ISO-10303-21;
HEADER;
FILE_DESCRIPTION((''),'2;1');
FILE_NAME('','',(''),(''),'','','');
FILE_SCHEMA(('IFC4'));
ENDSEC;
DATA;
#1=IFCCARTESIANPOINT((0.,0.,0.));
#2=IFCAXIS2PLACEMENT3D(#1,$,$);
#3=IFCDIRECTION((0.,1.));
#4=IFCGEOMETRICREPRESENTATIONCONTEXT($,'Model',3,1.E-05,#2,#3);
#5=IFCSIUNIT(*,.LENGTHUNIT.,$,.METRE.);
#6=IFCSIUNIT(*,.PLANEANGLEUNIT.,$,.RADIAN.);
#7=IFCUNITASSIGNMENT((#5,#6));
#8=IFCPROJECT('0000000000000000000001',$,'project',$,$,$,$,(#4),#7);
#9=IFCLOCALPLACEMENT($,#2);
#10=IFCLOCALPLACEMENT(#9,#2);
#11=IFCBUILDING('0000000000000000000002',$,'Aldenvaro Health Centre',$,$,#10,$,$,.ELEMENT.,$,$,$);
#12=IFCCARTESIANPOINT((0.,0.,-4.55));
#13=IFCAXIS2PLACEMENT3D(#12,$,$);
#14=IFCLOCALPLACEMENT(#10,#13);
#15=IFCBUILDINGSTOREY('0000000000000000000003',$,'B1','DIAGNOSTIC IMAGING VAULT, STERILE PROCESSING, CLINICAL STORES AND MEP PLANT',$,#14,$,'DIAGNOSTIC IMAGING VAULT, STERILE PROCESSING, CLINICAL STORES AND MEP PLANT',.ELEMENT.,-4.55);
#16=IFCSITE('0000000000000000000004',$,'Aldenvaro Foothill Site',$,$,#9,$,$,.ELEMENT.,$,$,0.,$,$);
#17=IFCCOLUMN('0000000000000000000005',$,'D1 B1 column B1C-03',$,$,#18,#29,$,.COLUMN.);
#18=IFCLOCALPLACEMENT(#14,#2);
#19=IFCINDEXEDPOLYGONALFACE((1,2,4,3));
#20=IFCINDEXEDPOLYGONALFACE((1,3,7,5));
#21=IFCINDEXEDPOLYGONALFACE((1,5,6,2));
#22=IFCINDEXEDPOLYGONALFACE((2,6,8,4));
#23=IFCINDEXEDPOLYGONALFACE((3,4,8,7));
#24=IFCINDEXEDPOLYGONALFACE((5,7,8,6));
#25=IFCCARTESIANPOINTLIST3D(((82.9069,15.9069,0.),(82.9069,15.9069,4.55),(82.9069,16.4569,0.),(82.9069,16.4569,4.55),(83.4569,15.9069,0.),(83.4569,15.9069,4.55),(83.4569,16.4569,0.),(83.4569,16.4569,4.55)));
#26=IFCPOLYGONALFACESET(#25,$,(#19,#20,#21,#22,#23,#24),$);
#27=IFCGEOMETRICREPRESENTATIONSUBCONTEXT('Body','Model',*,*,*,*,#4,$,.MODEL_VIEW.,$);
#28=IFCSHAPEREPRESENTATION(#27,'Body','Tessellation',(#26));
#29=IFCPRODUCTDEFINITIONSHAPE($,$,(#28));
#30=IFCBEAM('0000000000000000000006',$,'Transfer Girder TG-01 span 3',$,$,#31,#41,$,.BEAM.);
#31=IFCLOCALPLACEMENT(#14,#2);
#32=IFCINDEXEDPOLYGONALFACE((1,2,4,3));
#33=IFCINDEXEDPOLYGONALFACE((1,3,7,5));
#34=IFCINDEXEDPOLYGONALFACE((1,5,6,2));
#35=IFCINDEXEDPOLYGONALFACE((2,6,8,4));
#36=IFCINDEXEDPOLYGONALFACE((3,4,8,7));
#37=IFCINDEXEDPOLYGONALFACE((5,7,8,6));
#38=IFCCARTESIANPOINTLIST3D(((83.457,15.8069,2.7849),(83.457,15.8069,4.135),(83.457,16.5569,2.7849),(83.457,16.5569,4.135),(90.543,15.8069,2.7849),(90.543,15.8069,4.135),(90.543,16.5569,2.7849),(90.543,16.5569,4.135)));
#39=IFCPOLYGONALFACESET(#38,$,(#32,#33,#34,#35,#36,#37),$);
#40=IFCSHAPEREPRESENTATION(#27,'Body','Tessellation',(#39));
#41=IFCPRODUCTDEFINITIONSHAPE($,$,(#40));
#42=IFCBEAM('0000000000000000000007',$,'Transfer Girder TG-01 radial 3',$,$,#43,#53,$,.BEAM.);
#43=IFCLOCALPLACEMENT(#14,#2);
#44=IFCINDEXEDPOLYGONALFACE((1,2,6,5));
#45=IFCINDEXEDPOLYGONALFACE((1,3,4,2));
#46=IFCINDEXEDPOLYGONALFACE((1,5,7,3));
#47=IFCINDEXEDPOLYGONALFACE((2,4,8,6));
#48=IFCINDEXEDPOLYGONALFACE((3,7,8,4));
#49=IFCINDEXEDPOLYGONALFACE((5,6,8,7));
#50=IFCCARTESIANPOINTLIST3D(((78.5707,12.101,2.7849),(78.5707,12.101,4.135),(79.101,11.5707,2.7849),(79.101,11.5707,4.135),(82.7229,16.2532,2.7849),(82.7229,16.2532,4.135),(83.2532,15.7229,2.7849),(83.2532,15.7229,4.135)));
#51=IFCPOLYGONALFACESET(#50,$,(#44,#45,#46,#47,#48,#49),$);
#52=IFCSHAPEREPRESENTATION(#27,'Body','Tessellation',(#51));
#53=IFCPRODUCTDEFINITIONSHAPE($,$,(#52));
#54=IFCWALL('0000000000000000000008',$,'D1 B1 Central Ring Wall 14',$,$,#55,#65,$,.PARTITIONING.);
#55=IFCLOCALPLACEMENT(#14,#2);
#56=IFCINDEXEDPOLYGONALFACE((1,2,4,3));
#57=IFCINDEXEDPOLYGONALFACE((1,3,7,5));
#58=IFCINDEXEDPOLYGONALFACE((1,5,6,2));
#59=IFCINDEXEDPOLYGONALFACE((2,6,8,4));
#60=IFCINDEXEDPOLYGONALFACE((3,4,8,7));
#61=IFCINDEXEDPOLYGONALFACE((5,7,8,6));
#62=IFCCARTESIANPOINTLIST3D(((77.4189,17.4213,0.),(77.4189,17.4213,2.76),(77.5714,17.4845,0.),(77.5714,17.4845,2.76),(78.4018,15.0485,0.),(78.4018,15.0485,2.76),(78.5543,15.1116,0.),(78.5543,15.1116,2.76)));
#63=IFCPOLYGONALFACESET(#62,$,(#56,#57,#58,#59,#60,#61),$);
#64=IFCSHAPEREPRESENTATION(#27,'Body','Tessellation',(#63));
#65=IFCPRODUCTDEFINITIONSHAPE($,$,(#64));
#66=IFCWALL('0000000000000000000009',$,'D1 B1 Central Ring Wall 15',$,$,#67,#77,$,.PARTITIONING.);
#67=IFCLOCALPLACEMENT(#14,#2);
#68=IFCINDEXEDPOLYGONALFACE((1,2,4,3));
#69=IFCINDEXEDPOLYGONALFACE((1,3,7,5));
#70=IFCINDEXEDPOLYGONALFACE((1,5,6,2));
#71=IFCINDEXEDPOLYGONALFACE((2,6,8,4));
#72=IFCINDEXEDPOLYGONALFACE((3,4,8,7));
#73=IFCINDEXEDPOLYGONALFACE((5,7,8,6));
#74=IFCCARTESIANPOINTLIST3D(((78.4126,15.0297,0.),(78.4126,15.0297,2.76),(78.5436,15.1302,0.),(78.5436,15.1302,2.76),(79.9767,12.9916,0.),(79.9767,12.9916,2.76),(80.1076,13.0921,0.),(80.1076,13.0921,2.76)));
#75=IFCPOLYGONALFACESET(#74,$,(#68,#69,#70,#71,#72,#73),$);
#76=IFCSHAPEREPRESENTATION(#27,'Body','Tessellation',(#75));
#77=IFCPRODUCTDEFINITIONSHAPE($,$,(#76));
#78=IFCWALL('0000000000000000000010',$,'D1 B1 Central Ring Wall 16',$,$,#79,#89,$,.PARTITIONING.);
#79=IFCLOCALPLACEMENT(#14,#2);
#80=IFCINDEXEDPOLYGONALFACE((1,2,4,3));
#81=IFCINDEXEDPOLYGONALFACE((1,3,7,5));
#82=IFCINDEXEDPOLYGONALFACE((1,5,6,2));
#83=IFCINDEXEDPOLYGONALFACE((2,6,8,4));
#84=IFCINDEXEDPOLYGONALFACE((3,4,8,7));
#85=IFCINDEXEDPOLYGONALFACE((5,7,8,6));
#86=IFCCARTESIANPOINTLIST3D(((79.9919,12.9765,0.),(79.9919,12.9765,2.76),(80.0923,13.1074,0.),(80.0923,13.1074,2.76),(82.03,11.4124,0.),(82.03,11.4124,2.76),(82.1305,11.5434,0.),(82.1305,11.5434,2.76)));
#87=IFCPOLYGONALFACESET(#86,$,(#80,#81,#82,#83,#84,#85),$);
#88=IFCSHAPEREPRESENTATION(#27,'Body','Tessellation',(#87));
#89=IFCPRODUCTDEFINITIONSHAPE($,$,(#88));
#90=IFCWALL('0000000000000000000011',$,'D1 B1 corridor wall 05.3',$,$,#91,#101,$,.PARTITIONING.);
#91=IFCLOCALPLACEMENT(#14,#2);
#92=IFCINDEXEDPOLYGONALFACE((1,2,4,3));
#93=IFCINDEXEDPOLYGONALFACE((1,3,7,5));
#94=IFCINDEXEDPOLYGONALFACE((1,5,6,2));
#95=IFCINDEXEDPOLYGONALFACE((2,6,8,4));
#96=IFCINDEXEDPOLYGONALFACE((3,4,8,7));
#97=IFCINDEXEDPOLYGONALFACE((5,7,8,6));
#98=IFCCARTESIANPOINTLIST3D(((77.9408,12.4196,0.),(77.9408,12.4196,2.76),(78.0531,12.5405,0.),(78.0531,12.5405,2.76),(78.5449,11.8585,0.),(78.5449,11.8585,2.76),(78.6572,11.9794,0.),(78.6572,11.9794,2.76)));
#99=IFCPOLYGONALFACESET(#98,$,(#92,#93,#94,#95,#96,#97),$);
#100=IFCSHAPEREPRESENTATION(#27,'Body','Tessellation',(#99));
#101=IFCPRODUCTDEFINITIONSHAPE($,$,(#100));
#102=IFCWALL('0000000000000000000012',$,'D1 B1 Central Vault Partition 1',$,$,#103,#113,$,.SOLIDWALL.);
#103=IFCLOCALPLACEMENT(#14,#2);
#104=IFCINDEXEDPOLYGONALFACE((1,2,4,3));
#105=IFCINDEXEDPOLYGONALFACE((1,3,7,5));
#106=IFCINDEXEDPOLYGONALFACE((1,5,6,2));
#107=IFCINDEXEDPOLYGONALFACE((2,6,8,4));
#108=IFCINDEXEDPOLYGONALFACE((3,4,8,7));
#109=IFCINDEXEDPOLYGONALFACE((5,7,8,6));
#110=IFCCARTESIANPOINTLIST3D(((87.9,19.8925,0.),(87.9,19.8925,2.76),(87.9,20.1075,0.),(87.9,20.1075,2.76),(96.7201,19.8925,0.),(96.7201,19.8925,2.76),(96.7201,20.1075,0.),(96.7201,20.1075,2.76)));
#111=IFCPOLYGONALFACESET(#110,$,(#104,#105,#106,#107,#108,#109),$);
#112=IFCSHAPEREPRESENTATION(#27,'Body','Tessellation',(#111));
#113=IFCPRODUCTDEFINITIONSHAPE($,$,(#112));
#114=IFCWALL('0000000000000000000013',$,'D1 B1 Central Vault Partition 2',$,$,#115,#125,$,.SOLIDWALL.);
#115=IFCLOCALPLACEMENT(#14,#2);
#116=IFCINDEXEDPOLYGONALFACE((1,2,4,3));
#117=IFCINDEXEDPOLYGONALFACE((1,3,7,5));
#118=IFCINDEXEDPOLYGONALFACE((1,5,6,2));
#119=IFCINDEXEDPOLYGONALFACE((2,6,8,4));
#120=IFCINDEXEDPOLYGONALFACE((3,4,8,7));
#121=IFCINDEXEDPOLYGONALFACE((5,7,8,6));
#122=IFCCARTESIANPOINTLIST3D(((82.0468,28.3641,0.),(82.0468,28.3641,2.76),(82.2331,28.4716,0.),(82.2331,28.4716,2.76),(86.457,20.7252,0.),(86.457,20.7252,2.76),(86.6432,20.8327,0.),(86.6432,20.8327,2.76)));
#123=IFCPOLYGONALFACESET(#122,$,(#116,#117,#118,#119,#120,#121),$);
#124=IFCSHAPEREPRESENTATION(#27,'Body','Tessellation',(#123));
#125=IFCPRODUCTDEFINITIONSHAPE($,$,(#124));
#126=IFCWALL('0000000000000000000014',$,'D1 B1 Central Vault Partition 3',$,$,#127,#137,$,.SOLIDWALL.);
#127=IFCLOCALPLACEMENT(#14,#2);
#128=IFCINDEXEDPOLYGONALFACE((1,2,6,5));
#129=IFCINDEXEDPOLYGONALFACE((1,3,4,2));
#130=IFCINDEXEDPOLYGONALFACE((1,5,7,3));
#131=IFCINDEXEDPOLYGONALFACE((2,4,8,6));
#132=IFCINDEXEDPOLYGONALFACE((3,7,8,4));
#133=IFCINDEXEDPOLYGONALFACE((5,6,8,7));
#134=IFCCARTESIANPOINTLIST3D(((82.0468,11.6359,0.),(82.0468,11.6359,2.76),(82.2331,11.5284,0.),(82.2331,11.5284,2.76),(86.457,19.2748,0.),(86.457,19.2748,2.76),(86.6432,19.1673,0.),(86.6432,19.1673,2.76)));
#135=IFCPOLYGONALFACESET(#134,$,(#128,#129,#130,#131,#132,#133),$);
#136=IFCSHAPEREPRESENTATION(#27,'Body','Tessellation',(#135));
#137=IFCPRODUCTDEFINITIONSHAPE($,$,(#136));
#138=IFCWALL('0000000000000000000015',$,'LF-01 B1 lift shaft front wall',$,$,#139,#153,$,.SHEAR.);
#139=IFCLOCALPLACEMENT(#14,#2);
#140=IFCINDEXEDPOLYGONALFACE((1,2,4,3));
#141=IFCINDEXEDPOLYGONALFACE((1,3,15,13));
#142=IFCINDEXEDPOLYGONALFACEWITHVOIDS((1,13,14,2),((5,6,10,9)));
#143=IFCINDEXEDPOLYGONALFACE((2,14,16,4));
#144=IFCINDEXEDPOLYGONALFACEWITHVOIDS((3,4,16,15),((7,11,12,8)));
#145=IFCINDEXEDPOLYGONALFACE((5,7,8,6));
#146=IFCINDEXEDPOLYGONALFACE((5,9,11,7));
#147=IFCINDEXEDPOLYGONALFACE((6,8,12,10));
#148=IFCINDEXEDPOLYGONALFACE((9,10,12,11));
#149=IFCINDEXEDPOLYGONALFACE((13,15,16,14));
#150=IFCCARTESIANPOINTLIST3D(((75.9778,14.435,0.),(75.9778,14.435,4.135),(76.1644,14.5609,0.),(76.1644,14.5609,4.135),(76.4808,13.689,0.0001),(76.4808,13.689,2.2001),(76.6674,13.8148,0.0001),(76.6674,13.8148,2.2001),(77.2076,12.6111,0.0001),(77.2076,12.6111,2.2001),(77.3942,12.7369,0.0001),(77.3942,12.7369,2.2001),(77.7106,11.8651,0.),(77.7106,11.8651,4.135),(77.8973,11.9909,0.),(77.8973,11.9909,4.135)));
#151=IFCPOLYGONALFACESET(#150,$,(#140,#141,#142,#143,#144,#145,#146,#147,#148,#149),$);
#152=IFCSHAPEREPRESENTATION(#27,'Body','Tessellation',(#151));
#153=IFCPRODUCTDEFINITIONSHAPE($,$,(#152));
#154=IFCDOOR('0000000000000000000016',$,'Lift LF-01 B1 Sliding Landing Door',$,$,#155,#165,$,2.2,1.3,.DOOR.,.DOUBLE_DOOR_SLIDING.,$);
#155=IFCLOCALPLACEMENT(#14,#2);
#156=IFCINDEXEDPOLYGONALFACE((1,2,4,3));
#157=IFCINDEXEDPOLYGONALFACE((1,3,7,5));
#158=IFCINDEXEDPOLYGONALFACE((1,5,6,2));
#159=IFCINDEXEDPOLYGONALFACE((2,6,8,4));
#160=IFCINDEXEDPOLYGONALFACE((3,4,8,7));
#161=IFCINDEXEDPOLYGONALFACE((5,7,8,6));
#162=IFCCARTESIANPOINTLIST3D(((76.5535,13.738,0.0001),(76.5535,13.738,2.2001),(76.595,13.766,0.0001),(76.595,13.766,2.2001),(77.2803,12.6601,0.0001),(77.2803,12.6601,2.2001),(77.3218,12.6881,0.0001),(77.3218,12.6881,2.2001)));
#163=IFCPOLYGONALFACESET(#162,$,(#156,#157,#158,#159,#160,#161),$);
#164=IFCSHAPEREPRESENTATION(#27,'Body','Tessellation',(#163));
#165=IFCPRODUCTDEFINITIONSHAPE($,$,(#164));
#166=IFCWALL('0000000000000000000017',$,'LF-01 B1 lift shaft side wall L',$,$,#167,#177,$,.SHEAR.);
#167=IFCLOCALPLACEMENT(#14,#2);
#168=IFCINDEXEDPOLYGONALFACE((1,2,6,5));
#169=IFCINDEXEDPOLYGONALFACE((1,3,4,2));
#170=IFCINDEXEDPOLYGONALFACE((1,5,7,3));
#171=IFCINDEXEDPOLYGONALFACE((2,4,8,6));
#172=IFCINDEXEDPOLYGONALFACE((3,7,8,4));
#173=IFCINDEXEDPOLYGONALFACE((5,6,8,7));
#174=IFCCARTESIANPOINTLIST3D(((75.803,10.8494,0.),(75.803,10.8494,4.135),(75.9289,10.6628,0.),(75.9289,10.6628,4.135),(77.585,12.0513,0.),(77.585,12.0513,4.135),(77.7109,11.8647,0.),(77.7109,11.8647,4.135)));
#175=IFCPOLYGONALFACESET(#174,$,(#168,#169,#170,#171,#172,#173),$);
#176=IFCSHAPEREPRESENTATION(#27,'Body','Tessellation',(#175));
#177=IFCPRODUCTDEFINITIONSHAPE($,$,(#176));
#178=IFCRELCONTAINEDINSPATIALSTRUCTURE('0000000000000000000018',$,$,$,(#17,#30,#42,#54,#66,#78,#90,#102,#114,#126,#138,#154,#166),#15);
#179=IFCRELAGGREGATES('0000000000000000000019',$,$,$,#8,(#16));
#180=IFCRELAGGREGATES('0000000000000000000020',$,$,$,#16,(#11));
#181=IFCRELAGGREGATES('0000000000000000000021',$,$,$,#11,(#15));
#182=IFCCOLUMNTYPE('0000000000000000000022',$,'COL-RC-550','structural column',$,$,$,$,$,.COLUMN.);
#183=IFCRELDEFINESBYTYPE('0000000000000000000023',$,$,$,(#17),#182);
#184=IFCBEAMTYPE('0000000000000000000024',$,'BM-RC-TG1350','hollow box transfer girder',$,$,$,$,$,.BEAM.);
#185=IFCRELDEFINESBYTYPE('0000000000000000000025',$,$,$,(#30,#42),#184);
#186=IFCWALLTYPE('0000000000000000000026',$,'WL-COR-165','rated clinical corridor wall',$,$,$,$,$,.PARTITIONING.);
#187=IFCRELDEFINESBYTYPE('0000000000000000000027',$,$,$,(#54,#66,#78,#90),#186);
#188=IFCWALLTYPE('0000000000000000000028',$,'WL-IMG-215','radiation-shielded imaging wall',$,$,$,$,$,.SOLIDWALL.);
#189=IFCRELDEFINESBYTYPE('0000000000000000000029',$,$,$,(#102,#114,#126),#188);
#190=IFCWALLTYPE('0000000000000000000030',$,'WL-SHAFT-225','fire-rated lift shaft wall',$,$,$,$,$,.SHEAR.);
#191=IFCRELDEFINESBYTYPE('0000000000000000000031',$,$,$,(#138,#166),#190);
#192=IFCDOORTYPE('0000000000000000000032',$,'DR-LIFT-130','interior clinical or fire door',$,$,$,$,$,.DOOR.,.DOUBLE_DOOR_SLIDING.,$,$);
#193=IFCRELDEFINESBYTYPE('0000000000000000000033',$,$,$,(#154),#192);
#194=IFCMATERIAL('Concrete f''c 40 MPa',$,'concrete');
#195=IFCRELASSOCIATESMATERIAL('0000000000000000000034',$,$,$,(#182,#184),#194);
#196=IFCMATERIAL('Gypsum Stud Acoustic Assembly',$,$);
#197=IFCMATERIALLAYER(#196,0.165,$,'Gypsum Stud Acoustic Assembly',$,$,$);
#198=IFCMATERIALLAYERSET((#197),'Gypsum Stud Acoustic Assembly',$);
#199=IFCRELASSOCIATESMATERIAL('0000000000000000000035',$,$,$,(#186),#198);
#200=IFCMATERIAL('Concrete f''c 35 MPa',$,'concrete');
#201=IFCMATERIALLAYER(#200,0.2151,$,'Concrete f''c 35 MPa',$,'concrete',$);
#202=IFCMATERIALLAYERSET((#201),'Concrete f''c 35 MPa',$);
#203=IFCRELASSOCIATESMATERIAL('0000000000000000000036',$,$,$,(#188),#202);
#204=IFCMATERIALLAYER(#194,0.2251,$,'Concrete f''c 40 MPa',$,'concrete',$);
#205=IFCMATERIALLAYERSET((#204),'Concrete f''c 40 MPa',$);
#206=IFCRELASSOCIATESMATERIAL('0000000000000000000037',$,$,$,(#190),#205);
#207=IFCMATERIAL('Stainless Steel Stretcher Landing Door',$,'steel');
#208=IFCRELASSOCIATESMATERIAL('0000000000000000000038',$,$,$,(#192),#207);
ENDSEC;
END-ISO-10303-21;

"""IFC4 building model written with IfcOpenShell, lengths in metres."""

from ifc_helpers import new_model, si_unit, direction, frame, frame_2d, origin, origin_2d, place, context, subcontext, project, spatial, rectangle, extrude, material, layer, layer_set, material_profile, profile_set, type_object, element, fill, save


model = new_model("IFC4")

# Units and contexts
model_context = context("Model", 3, precision=1e-05, world=origin(), true_north=direction((0.0, 1.0)))
body_context = subcontext(model_context, "Body", "Model", "MODEL_VIEW")
ifc_project = project(units=[si_unit("LENGTHUNIT", "METRE"), si_unit("PLANEANGLEUNIT", "RADIAN")], contexts=[model_context])

# Site, building, storey
site_placement = place(None, origin())
site = spatial("IfcSite", under=ifc_project, at=site_placement, Name="Aldenvaro Foothill Site", CompositionType="ELEMENT", RefElevation=0.0)
building_placement = place(site_placement, origin())
building = spatial("IfcBuilding", under=site, at=building_placement, Name="Aldenvaro Health Centre", CompositionType="ELEMENT")
storey_placement = place(building_placement, frame((0.0, 0.0, -4.55)))
storey = spatial("IfcBuildingStorey", under=building, at=storey_placement, Name="B1", Description="DIAGNOSTIC IMAGING VAULT, STERILE PROCESSING, CLINICAL STORES AND MEP PLANT", LongName="DIAGNOSTIC IMAGING VAULT, STERILE PROCESSING, CLINICAL STORES AND MEP PLANT", CompositionType="ELEMENT", Elevation=-4.55)

# Shared definitions
ifc_material_1 = material(Name="Concrete f'c 40 MPa", Category="concrete")

# Column
ifc_material_profile_1 = material_profile(ifc_material_1, rectangle(XDim=0.55, YDim=0.55, at=origin_2d()), Name="RC 550x550", Category="concrete")
ifc_profile_set_1 = profile_set([ifc_material_profile_1], Name="Concrete f'c 40 MPa")
column_type = type_object("IfcColumnType", Name="COL-RC-550", Description="structural column", PredefinedType="COLUMN", material=ifc_profile_set_1)
for number, where, z_axis, x_axis, name in (
    (1, (83.1819, 16.1819, 0.0), (0.0, 0.0, 1.0), (1.0, 0.0, 0.0), "D1 B1 column B1C-03"),
):
    element("IfcColumn", number, at=place(storey_placement, frame(where, z_axis=z_axis, x_axis=x_axis)), inside=storey, type_object=column_type, Name=name, PredefinedType="COLUMN", context=body_context, shape_type="SweptSolid", body=[
        extrude(rectangle(XDim=0.55, YDim=0.55, at=origin_2d()), origin(), (0.0, 0.0, 1.0), 4.55),
    ])

# Beams
ifc_material_profile_2 = material_profile(ifc_material_1, rectangle(XDim=0.75, YDim=1.3501, at=origin_2d()), Name="RC 750x1350", Category="concrete")
ifc_profile_set_2 = profile_set([ifc_material_profile_2], Name="Concrete f'c 40 MPa")
beam_type = type_object("IfcBeamType", Name="BM-RC-TG1350", Description="hollow box transfer girder", PredefinedType="BEAM", material=ifc_profile_set_2)
beam_1_placement = place(storey_placement, frame((83.457, 16.1819, 3.46), z_axis=(1.0, 0.0, 0.0), x_axis=(0.0, 1.0, 0.0)))
element("IfcBeam", 2, at=beam_1_placement, inside=storey, type_object=beam_type, Name="Transfer Girder TG-01 span 3", PredefinedType="BEAM", context=body_context, shape_type="SweptSolid", body=[
    extrude(rectangle(XDim=0.75, YDim=1.3501, at=origin_2d()), origin(), (0.0, 0.0, 1.0), 7.0859),
])
beam_2_placement = place(storey_placement, frame((82.988, 15.988, 3.46), z_axis=(-0.707107, -0.707107, 0.0), x_axis=(0.707107, -0.707107, 0.0)))
element("IfcBeam", 3, at=beam_2_placement, inside=storey, type_object=beam_type, Name="Transfer Girder TG-01 radial 3", PredefinedType="BEAM", context=body_context, shape_type="SweptSolid", body=[
    extrude(rectangle(XDim=0.75, YDim=1.3501, at=origin_2d()), origin(), (0.0, 0.0, 1.0), 5.8721),
])

# Walls
ifc_material_2 = material(Name="Gypsum Stud Acoustic Assembly")
ifc_layer_1 = layer(ifc_material_2, 0.165, Name="Gypsum Stud Acoustic Assembly")
ifc_layer_set_1 = layer_set([ifc_layer_1], Name="Gypsum Stud Acoustic Assembly")
wall_type_1 = type_object("IfcWallType", Name="WL-COR-165", Description="rated clinical corridor wall", PredefinedType="PARTITIONING", material=ifc_layer_set_1)
wall_1_placement = place(storey_placement, frame((77.4951, 17.4529, 0.0), z_axis=(0.0, 0.0, 1.0), x_axis=(0.382704, -0.923871, 0.0)))
element("IfcWall", 4, at=wall_1_placement, inside=storey, type_object=wall_type_1, Name="D1 B1 Central Ring Wall 14", PredefinedType="PARTITIONING", context=body_context, shape_type="SweptSolid", body=[
    extrude(rectangle(XDim=2.5684, YDim=0.165, at=frame_2d((1.2842, 0.0))), origin(), (0.0, 0.0, 1.0), 2.76),
])
for number, where, z_axis, x_axis, name in (
    (5, (78.478, 15.0801, 0.0), (0.0, 0.0, 1.0), (0.608783, -0.793337, 0.0), "D1 B1 Central Ring Wall 15"),
    (6, (80.042, 13.042, 0.0), (0.0, 0.0, 1.0), (0.793337, -0.608783, 0.0), "D1 B1 Central Ring Wall 16"),
):
    element("IfcWall", number, at=place(storey_placement, frame(where, z_axis=z_axis, x_axis=x_axis)), inside=storey, type_object=wall_type_1, Name=name, PredefinedType="PARTITIONING", context=body_context, shape_type="SweptSolid", body=[
        extrude(rectangle(XDim=2.5691, YDim=0.165, at=frame_2d((1.2847, 0.0))), origin(), (0.0, 0.0, 1.0), 2.76),
    ])
wall_2_placement = place(storey_placement, frame((77.9971, 12.48, 0.0), z_axis=(0.0, 0.0, 1.0), x_axis=(0.732688, -0.680565, 0.0)))
element("IfcWall", 7, at=wall_2_placement, inside=storey, type_object=wall_type_1, Name="D1 B1 corridor wall 05.3", PredefinedType="PARTITIONING", context=body_context, shape_type="SweptSolid", body=[
    extrude(rectangle(XDim=0.8245, YDim=0.165, at=frame_2d((0.4121, 0.0))), origin(), (0.0, 0.0, 1.0), 2.76),
])

# Walls
ifc_material_3 = material(Name="Concrete f'c 35 MPa", Category="concrete")
ifc_layer_2 = layer(ifc_material_3, 0.2151, Name="Concrete f'c 35 MPa", Category="concrete")
ifc_layer_set_2 = layer_set([ifc_layer_2], Name="Concrete f'c 35 MPa")
wall_type_2 = type_object("IfcWallType", Name="WL-IMG-215", Description="radiation-shielded imaging wall", PredefinedType="SOLIDWALL", material=ifc_layer_set_2)
wall_3_placement = place(storey_placement, frame((87.8999, 20.0, 0.0), z_axis=(0.0, 0.0, 1.0), x_axis=(1.0, 0.0, 0.0)))
element("IfcWall", 8, at=wall_3_placement, inside=storey, type_object=wall_type_2, Name="D1 B1 Central Vault Partition 1", PredefinedType="SOLIDWALL", context=body_context, shape_type="SweptSolid", body=[
    extrude(rectangle(XDim=8.8201, YDim=0.2151, at=frame_2d((4.4102, 0.0))), origin(), (0.0, 0.0, 1.0), 2.76),
])
for number, where, z_axis, x_axis, name in (
    (9, (86.55, 20.7791, 0.0), (0.0, 0.0, 1.0), (-0.499985, 0.866034, 0.0), "D1 B1 Central Vault Partition 2"),
    (10, (86.55, 19.2209, 0.0), (0.0, 0.0, 1.0), (-0.499985, -0.866034, 0.0), "D1 B1 Central Vault Partition 3"),
):
    element("IfcWall", number, at=place(storey_placement, frame(where, z_axis=z_axis, x_axis=x_axis)), inside=storey, type_object=wall_type_2, Name=name, PredefinedType="SOLIDWALL", context=body_context, shape_type="SweptSolid", body=[
        extrude(rectangle(XDim=8.8206, YDim=0.2151, at=frame_2d((4.4102, 0.0))), origin(), (0.0, 0.0, 1.0), 2.76),
    ])

# Wall, opening, door
ifc_layer_3 = layer(ifc_material_1, 0.2251, Name="Concrete f'c 40 MPa", Category="concrete")
ifc_layer_set_3 = layer_set([ifc_layer_3], Name="Concrete f'c 40 MPa")
wall_type_3 = type_object("IfcWallType", Name="WL-SHAFT-225", Description="fire-rated lift shaft wall", PredefinedType="SHEAR", material=ifc_layer_set_3)
wall_4_placement = place(storey_placement, frame((77.804, 11.928, 0.0), z_axis=(0.0, 0.0, 1.0), x_axis=(-0.559055, 0.829131, 0.0)))
wall_4 = element("IfcWall", 11, at=wall_4_placement, inside=storey, type_object=wall_type_3, Name="LF-01 B1 lift shaft front wall", PredefinedType="SHEAR", context=body_context, shape_type="SweptSolid", body=[
    extrude(rectangle(XDim=3.0996, YDim=0.2251, at=frame_2d((1.5498, 0.0))), origin(), (0.0, 0.0, 1.0), 4.135),
])
opening_1_placement = place(wall_4_placement, frame((0.8999, 0.0, 0.0)))
opening_1 = element("IfcOpeningElement", 12, at=opening_1_placement, cuts=wall_4, PredefinedType="OPENING", context=body_context, shape_type="SweptSolid", body=[
    extrude(rectangle(XDim=1.3, YDim=2.2, at=frame_2d((0.6499, 1.1001))), frame((0.0, 0.1226, 0.0), z_axis=(0.0, -1.0, 0.0), x_axis=(1.0, 0.0, 0.0)), (0.0, 0.0, 1.0), 0.2451),
])
ifc_material_4 = material(Name="Stainless Steel Stretcher Landing Door", Category="steel")
door_type_1 = type_object("IfcDoorType", Name="DR-LIFT-130", Description="interior clinical or fire door", OperationType="DOUBLE_DOOR_SLIDING", PredefinedType="DOOR", material=ifc_material_4)
door_1_placement = place(opening_1_placement, origin())
door_1 = element("IfcDoor", 13, at=door_1_placement, inside=storey, type_object=door_type_1, Name="Lift LF-01 B1 Sliding Landing Door", OperationType="DOUBLE_DOOR_SLIDING", OverallHeight=2.2, OverallWidth=1.3, PredefinedType="DOOR", context=body_context, shape_type="SweptSolid", body=[
    extrude(rectangle(XDim=1.3, YDim=2.2, at=frame_2d((0.6499, 1.1001))), frame((0.0, 0.0249, 0.0), z_axis=(0.0, -1.0, 0.0), x_axis=(1.0, 0.0, 0.0)), (0.0, 0.0, 1.0), 0.05),
])
fill(opening_1, door_1)

# Wall
wall_5_placement = place(storey_placement, frame((77.6479, 11.958, 0.0), z_axis=(0.0, 0.0, 1.0), x_axis=(-0.82905, -0.559174, 0.0)))
element("IfcWall", 14, at=wall_5_placement, inside=storey, type_object=wall_type_3, Name="LF-01 B1 lift shaft side wall L", PredefinedType="SHEAR", context=body_context, shape_type="SweptSolid", body=[
    extrude(rectangle(XDim=2.1494, YDim=0.2251, at=frame_2d((1.0747, 0.0))), origin(), (0.0, 0.0, 1.0), 4.135),
])

save(model, "model.ifc")
